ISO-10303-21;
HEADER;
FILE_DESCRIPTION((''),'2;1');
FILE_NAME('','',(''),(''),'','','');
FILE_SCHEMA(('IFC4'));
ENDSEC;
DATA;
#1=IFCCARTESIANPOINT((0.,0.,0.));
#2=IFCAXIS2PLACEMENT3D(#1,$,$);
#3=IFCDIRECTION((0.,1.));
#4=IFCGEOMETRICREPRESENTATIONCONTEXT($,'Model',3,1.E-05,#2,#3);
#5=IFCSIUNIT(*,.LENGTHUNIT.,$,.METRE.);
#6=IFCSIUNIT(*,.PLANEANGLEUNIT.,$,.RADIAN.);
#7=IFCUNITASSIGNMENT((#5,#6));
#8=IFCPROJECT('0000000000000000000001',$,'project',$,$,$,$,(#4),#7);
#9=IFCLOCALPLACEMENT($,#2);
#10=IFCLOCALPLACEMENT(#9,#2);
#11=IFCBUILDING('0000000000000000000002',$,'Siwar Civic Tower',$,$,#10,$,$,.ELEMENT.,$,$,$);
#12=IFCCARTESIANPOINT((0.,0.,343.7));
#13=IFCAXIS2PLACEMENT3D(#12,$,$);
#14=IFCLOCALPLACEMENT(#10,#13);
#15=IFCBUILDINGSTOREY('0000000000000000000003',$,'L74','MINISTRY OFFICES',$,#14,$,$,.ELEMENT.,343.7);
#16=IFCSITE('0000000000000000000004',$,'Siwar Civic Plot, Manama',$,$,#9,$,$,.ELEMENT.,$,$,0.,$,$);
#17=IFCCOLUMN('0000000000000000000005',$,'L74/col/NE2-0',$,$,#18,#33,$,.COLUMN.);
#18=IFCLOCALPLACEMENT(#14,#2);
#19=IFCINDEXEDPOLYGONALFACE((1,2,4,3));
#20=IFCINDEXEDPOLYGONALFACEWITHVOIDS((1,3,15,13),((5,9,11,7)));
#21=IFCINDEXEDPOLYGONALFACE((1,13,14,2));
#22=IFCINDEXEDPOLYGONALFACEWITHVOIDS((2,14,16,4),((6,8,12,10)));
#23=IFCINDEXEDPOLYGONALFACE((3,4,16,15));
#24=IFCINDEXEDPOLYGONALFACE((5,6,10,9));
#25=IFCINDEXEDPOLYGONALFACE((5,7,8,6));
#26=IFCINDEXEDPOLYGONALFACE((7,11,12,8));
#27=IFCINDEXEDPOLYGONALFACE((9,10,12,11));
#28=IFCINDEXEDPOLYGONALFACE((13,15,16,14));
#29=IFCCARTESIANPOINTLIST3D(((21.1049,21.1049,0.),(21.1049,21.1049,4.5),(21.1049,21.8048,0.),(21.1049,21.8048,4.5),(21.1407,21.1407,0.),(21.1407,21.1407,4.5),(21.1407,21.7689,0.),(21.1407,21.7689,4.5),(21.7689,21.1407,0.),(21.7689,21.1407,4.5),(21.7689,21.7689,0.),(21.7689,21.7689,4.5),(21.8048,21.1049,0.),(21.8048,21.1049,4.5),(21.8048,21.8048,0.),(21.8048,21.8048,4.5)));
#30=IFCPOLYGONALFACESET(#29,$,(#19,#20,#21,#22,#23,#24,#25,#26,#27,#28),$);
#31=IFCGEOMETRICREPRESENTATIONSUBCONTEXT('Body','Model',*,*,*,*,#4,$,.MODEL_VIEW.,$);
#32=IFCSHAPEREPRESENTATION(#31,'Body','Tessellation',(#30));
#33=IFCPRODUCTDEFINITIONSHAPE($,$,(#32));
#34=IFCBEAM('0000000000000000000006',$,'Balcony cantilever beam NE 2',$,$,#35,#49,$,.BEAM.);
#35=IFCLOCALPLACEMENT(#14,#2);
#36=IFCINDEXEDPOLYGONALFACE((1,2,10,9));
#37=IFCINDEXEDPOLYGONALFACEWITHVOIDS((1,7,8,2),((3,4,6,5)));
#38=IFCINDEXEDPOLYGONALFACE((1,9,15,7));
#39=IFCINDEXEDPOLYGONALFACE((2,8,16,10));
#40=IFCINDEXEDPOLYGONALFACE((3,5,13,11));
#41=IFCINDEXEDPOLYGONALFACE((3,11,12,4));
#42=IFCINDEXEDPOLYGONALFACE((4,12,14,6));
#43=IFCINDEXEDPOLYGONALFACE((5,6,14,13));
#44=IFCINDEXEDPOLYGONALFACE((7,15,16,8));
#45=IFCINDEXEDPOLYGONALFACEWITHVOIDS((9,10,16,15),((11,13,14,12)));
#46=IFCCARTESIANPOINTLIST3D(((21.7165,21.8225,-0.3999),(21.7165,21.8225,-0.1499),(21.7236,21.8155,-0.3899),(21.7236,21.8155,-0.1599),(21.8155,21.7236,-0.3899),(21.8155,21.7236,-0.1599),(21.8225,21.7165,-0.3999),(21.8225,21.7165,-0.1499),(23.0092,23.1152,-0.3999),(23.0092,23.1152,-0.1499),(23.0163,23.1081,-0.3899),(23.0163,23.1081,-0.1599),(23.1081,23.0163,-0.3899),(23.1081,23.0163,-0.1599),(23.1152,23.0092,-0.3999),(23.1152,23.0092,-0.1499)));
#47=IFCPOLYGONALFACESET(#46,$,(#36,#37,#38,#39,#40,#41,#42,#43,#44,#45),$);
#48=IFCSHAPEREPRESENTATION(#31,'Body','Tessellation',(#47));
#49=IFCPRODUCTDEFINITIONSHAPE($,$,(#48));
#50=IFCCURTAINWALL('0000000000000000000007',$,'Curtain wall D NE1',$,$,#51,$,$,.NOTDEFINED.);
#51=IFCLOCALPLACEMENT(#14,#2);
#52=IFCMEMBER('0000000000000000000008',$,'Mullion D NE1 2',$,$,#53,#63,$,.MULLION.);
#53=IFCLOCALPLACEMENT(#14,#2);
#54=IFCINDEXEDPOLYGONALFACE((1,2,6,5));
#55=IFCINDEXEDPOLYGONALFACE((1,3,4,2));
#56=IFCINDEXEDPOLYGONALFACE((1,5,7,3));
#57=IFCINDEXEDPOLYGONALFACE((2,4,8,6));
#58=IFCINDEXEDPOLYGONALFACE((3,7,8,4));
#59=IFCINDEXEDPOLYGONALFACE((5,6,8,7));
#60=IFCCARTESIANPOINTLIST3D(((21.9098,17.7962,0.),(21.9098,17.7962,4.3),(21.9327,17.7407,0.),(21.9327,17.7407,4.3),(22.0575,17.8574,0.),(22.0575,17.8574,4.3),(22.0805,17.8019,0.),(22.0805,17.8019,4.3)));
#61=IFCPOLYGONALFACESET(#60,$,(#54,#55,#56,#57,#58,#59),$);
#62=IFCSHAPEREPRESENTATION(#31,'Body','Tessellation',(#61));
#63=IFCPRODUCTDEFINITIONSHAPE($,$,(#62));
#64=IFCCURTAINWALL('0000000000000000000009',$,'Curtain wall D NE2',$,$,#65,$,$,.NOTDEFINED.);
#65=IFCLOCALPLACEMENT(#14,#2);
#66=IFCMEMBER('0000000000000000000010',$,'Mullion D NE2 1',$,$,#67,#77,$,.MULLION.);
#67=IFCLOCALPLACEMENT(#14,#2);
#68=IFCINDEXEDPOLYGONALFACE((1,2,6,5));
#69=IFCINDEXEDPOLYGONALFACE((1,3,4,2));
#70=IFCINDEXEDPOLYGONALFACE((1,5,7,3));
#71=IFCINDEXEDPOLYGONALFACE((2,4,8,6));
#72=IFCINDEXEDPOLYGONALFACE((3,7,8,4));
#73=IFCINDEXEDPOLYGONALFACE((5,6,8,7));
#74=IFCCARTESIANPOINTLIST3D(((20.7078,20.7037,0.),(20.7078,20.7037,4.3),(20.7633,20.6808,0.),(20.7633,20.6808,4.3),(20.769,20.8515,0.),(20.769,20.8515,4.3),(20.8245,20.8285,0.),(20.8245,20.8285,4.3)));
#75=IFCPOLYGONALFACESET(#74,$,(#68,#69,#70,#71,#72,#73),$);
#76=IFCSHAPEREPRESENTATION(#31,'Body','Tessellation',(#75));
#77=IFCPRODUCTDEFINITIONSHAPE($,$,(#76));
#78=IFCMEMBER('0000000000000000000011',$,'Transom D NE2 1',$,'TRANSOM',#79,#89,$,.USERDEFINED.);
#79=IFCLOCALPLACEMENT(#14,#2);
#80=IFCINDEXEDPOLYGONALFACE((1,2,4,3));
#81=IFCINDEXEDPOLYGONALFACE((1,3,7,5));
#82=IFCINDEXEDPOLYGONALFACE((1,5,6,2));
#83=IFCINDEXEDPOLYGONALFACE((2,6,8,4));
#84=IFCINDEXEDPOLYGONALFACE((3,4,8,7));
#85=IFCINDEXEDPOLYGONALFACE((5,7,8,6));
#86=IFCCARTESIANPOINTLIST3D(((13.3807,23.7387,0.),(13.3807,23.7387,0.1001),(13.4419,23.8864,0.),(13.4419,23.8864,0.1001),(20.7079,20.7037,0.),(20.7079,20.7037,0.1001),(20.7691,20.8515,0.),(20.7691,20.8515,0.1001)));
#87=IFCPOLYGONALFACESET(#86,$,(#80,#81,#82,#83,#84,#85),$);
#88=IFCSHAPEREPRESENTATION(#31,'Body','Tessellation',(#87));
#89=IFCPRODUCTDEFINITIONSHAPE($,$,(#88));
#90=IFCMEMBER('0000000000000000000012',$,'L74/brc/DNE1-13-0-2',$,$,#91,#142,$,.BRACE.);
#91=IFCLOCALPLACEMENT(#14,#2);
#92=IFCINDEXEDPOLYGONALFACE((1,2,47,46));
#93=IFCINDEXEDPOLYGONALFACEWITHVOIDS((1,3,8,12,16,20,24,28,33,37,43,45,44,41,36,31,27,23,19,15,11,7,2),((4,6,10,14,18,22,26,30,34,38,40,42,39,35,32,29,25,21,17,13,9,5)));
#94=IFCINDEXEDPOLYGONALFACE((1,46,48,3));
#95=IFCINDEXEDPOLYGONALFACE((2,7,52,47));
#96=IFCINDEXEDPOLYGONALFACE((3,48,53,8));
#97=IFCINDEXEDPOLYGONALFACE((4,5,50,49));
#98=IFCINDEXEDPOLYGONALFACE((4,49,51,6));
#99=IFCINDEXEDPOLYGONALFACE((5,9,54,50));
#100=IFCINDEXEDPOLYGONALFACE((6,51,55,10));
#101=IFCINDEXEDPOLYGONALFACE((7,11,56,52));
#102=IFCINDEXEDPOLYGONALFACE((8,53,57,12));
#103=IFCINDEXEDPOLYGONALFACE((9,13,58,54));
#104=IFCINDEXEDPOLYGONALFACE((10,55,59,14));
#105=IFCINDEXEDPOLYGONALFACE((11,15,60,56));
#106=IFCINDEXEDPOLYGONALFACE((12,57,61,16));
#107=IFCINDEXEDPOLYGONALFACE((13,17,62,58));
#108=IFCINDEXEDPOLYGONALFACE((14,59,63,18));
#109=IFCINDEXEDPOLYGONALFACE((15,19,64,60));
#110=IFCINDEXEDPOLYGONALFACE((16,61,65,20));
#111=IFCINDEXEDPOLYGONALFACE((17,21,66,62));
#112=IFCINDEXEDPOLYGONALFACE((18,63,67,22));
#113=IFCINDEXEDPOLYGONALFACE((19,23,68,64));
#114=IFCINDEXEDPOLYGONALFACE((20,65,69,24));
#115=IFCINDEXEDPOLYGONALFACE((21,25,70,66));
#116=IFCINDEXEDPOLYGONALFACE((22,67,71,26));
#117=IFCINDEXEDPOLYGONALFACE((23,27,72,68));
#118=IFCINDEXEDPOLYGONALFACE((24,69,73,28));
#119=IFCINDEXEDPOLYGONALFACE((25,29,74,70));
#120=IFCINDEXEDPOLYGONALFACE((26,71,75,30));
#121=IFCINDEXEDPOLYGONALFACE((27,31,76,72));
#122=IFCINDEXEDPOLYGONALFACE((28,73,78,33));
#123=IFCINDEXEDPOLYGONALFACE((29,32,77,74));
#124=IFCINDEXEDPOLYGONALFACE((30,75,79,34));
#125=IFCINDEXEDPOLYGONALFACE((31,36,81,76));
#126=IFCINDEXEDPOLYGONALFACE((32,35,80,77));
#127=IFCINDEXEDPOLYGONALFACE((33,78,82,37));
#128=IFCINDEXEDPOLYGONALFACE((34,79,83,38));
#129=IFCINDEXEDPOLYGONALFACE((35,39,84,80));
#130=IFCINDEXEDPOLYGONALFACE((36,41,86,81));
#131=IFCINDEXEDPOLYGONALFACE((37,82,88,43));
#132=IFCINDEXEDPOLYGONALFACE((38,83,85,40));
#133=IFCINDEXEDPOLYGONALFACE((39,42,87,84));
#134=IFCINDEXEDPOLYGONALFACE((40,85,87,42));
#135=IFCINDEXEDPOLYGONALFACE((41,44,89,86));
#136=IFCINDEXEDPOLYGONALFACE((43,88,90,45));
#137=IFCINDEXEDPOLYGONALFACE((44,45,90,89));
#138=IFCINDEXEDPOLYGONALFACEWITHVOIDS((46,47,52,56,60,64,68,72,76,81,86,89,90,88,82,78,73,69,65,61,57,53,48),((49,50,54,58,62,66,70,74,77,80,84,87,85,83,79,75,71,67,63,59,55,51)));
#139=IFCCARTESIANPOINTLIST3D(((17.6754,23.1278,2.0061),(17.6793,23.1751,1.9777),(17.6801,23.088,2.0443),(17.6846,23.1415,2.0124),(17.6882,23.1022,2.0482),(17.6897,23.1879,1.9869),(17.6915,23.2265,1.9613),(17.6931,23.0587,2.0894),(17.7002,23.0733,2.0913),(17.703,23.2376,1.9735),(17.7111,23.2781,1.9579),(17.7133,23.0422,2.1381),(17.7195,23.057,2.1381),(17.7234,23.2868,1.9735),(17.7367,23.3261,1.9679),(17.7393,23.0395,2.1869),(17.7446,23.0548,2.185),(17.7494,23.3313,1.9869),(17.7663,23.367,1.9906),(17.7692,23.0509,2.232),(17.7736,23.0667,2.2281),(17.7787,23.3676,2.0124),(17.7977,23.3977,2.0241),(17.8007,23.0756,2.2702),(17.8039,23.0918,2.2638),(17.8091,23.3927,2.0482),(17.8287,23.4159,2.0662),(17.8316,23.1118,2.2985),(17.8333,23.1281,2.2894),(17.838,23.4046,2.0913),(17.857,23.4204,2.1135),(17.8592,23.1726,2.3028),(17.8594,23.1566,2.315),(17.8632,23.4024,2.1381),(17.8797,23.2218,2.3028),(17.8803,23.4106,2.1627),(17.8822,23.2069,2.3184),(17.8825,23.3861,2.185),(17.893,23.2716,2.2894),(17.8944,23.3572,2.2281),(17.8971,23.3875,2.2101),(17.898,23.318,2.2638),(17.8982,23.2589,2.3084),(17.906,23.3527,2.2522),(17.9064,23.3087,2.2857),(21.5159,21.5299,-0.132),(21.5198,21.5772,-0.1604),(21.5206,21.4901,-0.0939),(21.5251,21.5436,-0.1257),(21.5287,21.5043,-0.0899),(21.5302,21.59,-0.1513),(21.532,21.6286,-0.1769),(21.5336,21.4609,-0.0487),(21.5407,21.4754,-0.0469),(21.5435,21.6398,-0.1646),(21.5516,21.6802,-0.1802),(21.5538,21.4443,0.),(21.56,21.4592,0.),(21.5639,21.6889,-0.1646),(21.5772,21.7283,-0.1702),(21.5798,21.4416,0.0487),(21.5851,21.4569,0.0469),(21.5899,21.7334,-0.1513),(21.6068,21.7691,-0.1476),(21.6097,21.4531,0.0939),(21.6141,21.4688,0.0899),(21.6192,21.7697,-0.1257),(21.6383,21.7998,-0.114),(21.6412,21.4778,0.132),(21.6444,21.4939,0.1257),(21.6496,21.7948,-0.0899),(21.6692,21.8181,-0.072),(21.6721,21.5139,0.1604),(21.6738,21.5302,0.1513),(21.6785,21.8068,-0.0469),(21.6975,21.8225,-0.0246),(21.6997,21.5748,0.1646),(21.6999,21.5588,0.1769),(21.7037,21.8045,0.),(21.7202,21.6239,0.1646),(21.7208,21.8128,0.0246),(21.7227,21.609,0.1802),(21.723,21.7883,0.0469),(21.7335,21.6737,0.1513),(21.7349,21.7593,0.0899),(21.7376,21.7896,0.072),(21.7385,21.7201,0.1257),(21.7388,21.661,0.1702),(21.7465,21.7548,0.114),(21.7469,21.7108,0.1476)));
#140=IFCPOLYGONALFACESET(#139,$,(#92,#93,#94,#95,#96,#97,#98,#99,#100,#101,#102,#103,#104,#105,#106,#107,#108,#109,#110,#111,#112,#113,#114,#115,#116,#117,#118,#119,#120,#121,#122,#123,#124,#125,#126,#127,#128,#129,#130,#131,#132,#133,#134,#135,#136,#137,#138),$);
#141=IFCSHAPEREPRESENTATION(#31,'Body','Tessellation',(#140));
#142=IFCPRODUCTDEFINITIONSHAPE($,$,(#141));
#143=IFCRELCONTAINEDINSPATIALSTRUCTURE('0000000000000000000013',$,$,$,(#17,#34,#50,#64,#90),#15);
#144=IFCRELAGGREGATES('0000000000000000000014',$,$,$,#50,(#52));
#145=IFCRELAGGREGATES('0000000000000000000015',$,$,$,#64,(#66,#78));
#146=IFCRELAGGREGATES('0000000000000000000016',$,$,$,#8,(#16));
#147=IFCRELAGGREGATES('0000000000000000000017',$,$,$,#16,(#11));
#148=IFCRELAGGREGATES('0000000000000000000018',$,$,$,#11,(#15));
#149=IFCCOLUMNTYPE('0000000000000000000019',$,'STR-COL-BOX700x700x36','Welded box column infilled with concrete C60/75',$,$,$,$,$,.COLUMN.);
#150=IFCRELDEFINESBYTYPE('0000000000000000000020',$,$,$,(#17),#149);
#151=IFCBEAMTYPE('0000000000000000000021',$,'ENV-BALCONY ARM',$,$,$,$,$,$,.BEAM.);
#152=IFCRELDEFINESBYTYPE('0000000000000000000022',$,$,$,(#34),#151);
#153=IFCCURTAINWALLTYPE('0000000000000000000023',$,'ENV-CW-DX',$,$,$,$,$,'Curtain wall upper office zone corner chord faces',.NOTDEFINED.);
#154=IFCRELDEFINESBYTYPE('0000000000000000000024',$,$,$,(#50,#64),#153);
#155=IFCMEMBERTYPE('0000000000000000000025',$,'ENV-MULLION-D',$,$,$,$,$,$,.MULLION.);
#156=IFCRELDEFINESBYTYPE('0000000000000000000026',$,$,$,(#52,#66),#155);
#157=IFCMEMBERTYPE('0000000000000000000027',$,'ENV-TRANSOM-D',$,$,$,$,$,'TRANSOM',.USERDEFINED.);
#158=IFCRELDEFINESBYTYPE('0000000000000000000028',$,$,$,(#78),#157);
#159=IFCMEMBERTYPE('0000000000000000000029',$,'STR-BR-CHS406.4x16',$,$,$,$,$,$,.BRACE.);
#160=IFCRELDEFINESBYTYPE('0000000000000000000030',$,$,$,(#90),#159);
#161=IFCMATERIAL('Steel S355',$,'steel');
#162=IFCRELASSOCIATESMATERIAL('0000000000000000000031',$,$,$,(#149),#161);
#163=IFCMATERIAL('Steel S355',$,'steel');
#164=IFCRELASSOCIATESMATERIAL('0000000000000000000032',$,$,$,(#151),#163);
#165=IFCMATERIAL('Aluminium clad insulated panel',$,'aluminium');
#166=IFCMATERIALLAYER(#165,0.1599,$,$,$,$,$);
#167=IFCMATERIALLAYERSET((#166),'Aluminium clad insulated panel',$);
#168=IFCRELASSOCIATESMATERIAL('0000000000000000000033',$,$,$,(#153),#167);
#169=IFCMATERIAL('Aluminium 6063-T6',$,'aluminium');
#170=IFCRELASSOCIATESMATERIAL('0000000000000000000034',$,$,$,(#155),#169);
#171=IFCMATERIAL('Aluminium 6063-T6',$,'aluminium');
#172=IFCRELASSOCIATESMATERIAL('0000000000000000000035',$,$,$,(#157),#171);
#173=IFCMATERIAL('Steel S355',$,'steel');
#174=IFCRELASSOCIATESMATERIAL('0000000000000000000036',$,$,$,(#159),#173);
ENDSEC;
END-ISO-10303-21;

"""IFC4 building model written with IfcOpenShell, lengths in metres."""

from ifc_helpers import new_model, si_unit, direction, frame, origin, origin_2d, place, context, subcontext, project, spatial, rectangle, hollow_rectangle, hollow_circle, extrude, material, layer, layer_set, material_profile, profile_set, type_object, element, aggregate, save


model = new_model("IFC4")

# Units and contexts
model_context = context("Model", 3, precision=1e-05, world=origin(), true_north=direction((0.0, 1.0)))
body_context = subcontext(model_context, "Body", "Model", "MODEL_VIEW")
ifc_project = project(units=[si_unit("LENGTHUNIT", "METRE"), si_unit("PLANEANGLEUNIT", "RADIAN")], contexts=[model_context])

# Site, building, storey
site_placement = place(None, origin())
site = spatial("IfcSite", under=ifc_project, at=site_placement, Name="Siwar Civic Plot, Manama", CompositionType="ELEMENT", RefElevation=0.0)
building_placement = place(site_placement, origin())
building = spatial("IfcBuilding", under=site, at=building_placement, Name="Siwar Civic Tower", CompositionType="ELEMENT")
storey_placement = place(building_placement, frame((0.0, 0.0, 343.7)))
storey = spatial("IfcBuildingStorey", under=building, at=storey_placement, Name="L74", Description="MINISTRY OFFICES", CompositionType="ELEMENT", Elevation=343.7)

# Column
ifc_material_1 = material(Name="Steel S355", Category="steel")
ifc_material_profile_1 = material_profile(ifc_material_1, hollow_rectangle(XDim=0.7, YDim=0.7, WallThickness=0.0359, at=origin_2d()), Name="BOX700x700x36")
ifc_profile_set_1 = profile_set([ifc_material_profile_1], Name="Steel S355")
column_type = type_object("IfcColumnType", Name="STR-COL-BOX700x700x36", Description="Welded box column infilled with concrete C60/75", PredefinedType="COLUMN", material=ifc_profile_set_1)
column_placement = place(storey_placement, frame((21.4548, 21.4548, 0.0), z_axis=(0.0, 0.0, 1.0), x_axis=(1.0, 0.0, 0.0)))
element("IfcColumn", 1, at=column_placement, inside=storey, type_object=column_type, Name="L74/col/NE2-0", PredefinedType="COLUMN", context=body_context, shape_type="SweptSolid", body=[
    extrude(hollow_rectangle(XDim=0.7, YDim=0.7, WallThickness=0.0359, at=origin_2d()), origin(), (0.0, 0.0, 1.0), 4.5),
])

# Beam
ifc_material_2 = material(Name="Steel S355", Category="steel")
ifc_material_profile_2 = material_profile(ifc_material_2, hollow_rectangle(XDim=0.1499, YDim=0.25, WallThickness=0.01, at=origin_2d()), Name="RHS250x150x10")
ifc_profile_set_2 = profile_set([ifc_material_profile_2], Name="Steel S355")
beam_type_1 = type_object("IfcBeamType", Name="ENV-BALCONY ARM", PredefinedType="BEAM", material=ifc_profile_set_2)
beam_1_placement = place(storey_placement, frame((21.7695, 21.7695, -0.2749), z_axis=(0.707107, 0.707107, 0.0), x_axis=(-0.707107, 0.707107, 0.0)))
element("IfcBeam", 2, at=beam_1_placement, inside=storey, type_object=beam_type_1, Name="Balcony cantilever beam NE 2", PredefinedType="BEAM", context=body_context, shape_type="SweptSolid", body=[
    extrude(hollow_rectangle(XDim=0.1499, YDim=0.25, WallThickness=0.01, at=origin_2d()), origin(), (0.0, 0.0, 1.0), 1.8281),
])

# Curtain wall, member
ifc_material_3 = material(Name="Aluminium clad insulated panel", Category="aluminium")
ifc_layer_1 = layer(ifc_material_3, 0.1599)
ifc_layer_set_1 = layer_set([ifc_layer_1], Name="Aluminium clad insulated panel")
curtain_wall_type = type_object("IfcCurtainWallType", Name="ENV-CW-DX", ElementType="Curtain wall upper office zone corner chord faces", PredefinedType="NOTDEFINED", material=ifc_layer_set_1)
curtain_wall_1_placement = place(storey_placement, origin())
curtain_wall_1 = element("IfcCurtainWall", 3, at=curtain_wall_1_placement, inside=storey, type_object=curtain_wall_type, Name="Curtain wall D NE1", PredefinedType="NOTDEFINED")
ifc_material_4 = material(Name="Aluminium 6063-T6", Category="aluminium")
ifc_material_profile_3 = material_profile(ifc_material_4, rectangle(XDim=0.1599, YDim=0.0601, at=origin_2d()), Name="AL 160x60")
ifc_profile_set_3 = profile_set([ifc_material_profile_3], Name="Aluminium 6063-T6")
member_type_1 = type_object("IfcMemberType", Name="ENV-MULLION-D", PredefinedType="MULLION", material=ifc_profile_set_3)
member_1_placement = place(storey_placement, frame((21.9951, 17.7991, 0.0), z_axis=(0.0, 0.0, 1.0), x_axis=(-0.92388, -0.382683, 0.0)))
member_1 = element("IfcMember", 4, at=member_1_placement, type_object=member_type_1, Name="Mullion D NE1 2", PredefinedType="MULLION", context=body_context, shape_type="SweptSolid", body=[
    extrude(rectangle(XDim=0.1599, YDim=0.0601, at=origin_2d()), origin(), (0.0, 0.0, 1.0), 4.3),
])

# Curtain wall, members
curtain_wall_2_placement = place(storey_placement, origin())
curtain_wall_2 = element("IfcCurtainWall", 5, at=curtain_wall_2_placement, inside=storey, type_object=curtain_wall_type, Name="Curtain wall D NE2", PredefinedType="NOTDEFINED")
member_2_placement = place(storey_placement, frame((20.7661, 20.7661, 0.0), z_axis=(0.0, 0.0, 1.0), x_axis=(-0.382683, -0.92388, 0.0)))
member_2 = element("IfcMember", 6, at=member_2_placement, type_object=member_type_1, Name="Mullion D NE2 1", PredefinedType="MULLION", context=body_context, shape_type="SweptSolid", body=[
    extrude(rectangle(XDim=0.1599, YDim=0.0601, at=origin_2d()), origin(), (0.0, 0.0, 1.0), 4.3),
])
ifc_material_5 = material(Name="Aluminium 6063-T6", Category="aluminium")
ifc_material_profile_4 = material_profile(ifc_material_5, rectangle(XDim=0.1599, YDim=0.1001, at=origin_2d()), Name="AL 160x100")
ifc_profile_set_4 = profile_set([ifc_material_profile_4], Name="Aluminium 6063-T6")
member_type_2 = type_object("IfcMemberType", Name="ENV-TRANSOM-D", ElementType="TRANSOM", PredefinedType="USERDEFINED", material=ifc_profile_set_4)
member_3_placement = place(storey_placement, frame((20.7385, 20.7776, 0.05), z_axis=(-0.923884, 0.382674, 0.0), x_axis=(-0.382674, -0.923884, 0.0)))
member_3 = element("IfcMember", 7, at=member_3_placement, type_object=member_type_2, Name="Transom D NE2 1", ObjectType="TRANSOM", PredefinedType="USERDEFINED", context=body_context, shape_type="SweptSolid", body=[
    extrude(rectangle(XDim=0.1599, YDim=0.1001, at=origin_2d()), origin(), (0.0, 0.0, 1.0), 7.9309),
])

# Member
ifc_material_6 = material(Name="Steel S355", Category="steel")
ifc_material_profile_5 = material_profile(ifc_material_6, hollow_circle(Radius=0.2031, WallThickness=0.0161, at=origin_2d()), Name="CHS406.4x16")
ifc_profile_set_5 = profile_set([ifc_material_profile_5], Name="Steel S355")
member_type_3 = type_object("IfcMemberType", Name="STR-BR-CHS406.4x16", PredefinedType="BRACE", material=ifc_profile_set_5)
member_4_placement = place(storey_placement, frame((21.6318, 21.6318, 0.0), z_axis=(-0.821147, 0.341644, 0.457161), x_axis=(-0.384136, -0.923276, 0.0)))
element("IfcMember", 8, at=member_4_placement, inside=storey, type_object=member_type_3, Name="L74/brc/DNE1-13-0-2", PredefinedType="BRACE", context=body_context, shape_type="SweptSolid", body=[
    extrude(hollow_circle(Radius=0.2031, WallThickness=0.0161, at=origin_2d()), origin(), (0.0, 0.0, 1.0), 4.677),
])

aggregate(curtain_wall_1, [member_1])
aggregate(curtain_wall_2, [member_2, member_3])

save(model, "model.ifc")
